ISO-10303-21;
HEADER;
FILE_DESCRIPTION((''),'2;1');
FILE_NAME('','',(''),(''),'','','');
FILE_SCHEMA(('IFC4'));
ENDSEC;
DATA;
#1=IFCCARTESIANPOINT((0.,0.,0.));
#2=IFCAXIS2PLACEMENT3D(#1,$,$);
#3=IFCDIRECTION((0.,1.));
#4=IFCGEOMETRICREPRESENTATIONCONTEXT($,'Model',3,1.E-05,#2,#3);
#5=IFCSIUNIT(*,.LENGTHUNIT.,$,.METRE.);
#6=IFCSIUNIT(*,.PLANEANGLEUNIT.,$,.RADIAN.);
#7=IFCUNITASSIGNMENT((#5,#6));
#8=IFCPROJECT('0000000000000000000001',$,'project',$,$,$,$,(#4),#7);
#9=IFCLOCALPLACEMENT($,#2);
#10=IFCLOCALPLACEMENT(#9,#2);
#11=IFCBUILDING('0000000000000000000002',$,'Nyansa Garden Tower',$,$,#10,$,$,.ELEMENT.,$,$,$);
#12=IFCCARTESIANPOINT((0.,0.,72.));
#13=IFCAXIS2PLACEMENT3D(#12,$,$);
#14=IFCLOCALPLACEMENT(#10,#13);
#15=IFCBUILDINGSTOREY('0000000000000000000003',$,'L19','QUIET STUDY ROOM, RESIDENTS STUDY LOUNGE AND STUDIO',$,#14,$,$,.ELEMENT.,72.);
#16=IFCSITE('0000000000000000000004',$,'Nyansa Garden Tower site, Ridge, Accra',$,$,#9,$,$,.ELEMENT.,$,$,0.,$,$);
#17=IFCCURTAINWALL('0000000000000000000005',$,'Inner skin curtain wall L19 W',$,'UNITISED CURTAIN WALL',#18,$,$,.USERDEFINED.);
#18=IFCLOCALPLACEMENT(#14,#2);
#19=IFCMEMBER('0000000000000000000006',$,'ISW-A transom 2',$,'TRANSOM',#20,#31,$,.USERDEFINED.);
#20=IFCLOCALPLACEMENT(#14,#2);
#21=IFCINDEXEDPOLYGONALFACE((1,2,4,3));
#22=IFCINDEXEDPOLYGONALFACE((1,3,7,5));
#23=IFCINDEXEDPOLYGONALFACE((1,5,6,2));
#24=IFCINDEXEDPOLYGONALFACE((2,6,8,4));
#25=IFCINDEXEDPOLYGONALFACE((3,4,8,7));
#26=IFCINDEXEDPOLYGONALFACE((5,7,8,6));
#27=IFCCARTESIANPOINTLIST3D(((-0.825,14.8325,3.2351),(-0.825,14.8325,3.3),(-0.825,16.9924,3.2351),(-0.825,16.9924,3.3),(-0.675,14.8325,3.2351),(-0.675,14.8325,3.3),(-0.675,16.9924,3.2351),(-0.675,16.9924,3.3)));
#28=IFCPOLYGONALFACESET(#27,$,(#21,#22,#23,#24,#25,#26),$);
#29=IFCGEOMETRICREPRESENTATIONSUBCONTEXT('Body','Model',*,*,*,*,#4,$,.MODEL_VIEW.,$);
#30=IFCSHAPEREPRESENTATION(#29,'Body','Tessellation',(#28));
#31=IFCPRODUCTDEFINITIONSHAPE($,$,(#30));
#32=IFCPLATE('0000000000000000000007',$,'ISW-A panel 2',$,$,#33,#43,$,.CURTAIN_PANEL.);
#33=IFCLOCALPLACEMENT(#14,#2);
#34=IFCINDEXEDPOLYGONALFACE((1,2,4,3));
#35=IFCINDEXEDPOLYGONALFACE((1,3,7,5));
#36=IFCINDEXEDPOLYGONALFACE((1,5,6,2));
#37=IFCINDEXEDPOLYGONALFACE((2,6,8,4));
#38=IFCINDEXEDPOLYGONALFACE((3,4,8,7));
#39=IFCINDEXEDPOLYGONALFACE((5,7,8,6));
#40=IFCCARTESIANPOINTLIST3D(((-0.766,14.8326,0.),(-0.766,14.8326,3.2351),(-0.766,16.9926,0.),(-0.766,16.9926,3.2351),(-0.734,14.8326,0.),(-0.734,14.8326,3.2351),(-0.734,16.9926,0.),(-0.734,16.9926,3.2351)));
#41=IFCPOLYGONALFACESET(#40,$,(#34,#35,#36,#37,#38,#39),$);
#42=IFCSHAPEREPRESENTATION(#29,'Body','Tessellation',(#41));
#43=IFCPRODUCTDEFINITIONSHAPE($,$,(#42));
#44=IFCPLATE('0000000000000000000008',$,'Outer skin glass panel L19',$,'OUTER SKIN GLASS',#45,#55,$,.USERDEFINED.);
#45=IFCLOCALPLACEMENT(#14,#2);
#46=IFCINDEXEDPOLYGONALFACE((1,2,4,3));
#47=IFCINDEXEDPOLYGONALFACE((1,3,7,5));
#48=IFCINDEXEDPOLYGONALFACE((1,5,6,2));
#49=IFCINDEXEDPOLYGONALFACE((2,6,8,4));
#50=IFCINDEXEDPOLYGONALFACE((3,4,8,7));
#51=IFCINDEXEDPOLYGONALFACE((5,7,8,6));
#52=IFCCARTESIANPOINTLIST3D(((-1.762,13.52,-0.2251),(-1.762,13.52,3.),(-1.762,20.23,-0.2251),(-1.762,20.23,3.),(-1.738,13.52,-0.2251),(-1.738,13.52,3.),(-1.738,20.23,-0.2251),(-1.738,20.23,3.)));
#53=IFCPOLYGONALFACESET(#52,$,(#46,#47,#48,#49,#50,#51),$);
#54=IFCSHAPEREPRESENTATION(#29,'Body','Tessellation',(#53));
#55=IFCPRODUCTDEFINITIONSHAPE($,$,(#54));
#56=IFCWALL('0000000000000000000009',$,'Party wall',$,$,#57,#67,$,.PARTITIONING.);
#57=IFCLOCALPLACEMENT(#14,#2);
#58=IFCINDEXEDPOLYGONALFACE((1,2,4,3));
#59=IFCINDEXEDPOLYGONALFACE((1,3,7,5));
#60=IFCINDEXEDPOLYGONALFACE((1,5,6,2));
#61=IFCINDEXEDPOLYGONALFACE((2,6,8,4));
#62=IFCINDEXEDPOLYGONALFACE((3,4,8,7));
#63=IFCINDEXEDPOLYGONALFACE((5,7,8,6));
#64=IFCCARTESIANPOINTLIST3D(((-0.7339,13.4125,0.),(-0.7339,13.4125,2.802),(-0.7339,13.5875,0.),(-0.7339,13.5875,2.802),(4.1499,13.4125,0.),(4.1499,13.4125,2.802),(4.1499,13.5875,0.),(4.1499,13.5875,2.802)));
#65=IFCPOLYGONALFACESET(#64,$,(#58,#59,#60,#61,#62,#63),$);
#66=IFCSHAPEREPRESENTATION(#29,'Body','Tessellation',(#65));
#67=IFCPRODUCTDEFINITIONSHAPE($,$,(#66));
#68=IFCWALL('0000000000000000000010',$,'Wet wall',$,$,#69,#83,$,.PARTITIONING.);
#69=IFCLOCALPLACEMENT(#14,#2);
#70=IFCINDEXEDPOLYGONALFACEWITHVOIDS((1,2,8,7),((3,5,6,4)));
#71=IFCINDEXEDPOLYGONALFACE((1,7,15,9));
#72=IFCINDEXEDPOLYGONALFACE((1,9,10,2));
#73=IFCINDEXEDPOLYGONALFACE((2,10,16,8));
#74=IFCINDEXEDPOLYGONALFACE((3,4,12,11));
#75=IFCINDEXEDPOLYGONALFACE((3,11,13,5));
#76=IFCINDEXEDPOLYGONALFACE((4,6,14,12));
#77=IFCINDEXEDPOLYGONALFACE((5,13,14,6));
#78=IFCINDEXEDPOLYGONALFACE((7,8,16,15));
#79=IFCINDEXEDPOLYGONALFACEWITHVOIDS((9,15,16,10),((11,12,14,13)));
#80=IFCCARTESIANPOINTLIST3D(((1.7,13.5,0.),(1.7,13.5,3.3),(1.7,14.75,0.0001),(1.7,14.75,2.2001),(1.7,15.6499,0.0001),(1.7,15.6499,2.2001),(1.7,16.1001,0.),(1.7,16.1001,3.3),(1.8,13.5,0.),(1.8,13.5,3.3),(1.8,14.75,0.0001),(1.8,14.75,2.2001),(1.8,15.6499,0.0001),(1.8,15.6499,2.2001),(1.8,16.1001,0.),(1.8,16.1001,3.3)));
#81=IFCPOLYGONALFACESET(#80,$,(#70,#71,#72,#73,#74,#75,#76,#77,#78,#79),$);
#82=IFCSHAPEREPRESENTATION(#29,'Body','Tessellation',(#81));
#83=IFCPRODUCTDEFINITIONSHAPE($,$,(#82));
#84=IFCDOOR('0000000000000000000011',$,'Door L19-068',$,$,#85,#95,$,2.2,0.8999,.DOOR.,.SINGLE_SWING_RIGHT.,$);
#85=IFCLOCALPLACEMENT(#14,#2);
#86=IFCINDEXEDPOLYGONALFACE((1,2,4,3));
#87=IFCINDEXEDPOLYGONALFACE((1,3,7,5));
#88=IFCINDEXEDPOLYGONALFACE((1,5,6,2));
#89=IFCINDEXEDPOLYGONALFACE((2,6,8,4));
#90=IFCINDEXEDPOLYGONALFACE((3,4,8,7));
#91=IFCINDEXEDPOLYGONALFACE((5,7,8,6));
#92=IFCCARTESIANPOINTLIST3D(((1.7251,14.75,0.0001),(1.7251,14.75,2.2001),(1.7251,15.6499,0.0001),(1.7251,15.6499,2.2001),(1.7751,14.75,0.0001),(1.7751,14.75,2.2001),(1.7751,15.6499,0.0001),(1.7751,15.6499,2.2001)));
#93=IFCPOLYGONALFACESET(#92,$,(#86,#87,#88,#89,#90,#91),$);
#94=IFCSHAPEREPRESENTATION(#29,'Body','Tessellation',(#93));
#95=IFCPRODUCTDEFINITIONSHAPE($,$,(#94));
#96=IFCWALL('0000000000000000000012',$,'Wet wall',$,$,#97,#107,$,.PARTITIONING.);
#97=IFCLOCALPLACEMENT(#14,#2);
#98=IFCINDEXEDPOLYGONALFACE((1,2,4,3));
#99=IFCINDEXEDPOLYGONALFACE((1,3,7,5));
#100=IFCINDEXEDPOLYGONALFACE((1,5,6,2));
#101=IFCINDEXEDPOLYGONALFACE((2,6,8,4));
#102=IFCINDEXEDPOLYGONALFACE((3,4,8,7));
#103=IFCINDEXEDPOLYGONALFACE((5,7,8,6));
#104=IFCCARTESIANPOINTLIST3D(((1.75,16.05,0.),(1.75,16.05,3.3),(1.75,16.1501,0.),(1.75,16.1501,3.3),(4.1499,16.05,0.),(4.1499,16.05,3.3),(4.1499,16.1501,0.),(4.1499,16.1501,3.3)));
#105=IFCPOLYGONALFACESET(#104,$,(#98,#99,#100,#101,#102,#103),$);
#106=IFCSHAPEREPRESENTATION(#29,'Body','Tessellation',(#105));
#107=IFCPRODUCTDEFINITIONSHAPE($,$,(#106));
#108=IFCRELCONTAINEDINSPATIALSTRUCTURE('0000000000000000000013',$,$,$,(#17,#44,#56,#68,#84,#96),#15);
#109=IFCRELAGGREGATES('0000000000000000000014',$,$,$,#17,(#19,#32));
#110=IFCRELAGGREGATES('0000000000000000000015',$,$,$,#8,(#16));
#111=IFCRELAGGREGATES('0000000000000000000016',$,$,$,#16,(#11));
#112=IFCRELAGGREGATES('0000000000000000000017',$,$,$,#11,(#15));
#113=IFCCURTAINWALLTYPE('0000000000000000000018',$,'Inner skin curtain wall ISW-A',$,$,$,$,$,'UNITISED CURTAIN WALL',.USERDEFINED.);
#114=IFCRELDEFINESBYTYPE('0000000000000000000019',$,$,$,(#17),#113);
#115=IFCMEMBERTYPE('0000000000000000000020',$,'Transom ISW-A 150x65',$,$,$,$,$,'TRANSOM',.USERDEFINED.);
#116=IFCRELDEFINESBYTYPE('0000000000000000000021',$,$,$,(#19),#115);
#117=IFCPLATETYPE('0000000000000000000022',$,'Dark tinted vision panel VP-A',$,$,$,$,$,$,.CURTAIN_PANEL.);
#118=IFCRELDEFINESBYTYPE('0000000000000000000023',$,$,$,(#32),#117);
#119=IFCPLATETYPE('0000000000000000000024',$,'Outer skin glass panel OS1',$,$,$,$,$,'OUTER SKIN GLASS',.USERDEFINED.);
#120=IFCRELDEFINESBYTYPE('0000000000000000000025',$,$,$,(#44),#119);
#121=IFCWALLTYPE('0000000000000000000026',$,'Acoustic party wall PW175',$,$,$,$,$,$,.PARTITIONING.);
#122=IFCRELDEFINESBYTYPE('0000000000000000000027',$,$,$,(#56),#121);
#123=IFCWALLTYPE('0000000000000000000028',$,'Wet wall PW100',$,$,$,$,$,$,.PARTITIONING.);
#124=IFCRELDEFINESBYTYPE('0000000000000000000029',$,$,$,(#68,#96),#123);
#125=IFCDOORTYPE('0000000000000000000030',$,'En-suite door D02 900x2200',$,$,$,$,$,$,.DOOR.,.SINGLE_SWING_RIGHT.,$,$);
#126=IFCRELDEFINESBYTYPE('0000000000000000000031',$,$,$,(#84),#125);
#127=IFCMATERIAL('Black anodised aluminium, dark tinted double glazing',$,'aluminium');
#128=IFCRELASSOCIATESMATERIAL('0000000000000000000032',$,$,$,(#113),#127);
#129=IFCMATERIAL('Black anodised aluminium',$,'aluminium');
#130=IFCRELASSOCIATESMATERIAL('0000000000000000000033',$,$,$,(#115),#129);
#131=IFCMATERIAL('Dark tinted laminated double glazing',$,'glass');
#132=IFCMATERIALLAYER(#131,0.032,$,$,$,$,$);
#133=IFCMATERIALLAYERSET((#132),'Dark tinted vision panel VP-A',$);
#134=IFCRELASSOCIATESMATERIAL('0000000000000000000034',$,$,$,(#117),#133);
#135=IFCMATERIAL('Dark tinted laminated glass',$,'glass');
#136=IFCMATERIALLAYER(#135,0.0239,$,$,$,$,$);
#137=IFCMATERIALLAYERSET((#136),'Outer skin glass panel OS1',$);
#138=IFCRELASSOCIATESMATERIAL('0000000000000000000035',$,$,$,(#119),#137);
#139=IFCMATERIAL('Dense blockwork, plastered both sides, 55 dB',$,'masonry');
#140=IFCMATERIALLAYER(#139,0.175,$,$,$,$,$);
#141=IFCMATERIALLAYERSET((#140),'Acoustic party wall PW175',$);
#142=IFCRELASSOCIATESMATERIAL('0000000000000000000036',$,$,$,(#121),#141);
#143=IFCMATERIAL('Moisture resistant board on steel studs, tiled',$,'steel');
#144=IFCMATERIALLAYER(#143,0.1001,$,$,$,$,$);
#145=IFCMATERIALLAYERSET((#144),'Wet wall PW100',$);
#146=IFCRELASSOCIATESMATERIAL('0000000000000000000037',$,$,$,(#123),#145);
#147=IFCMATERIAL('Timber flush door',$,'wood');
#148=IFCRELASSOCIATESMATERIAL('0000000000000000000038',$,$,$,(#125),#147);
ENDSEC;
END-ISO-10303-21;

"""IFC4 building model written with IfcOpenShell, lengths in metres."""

from ifc_helpers import new_model, si_unit, direction, frame, frame_2d, origin, origin_2d, place, context, subcontext, project, spatial, rectangle, extrude, material, layer, layer_set, material_profile, profile_set, type_object, element, fill, aggregate, save


model = new_model("IFC4")

# Units and contexts
model_context = context("Model", 3, precision=1e-05, world=origin(), true_north=direction((0.0, 1.0)))
body_context = subcontext(model_context, "Body", "Model", "MODEL_VIEW")
ifc_project = project(units=[si_unit("LENGTHUNIT", "METRE"), si_unit("PLANEANGLEUNIT", "RADIAN")], contexts=[model_context])

# Site, building, storey
site_placement = place(None, origin())
site = spatial("IfcSite", under=ifc_project, at=site_placement, Name="Nyansa Garden Tower site, Ridge, Accra", CompositionType="ELEMENT", RefElevation=0.0)
building_placement = place(site_placement, origin())
building = spatial("IfcBuilding", under=site, at=building_placement, Name="Nyansa Garden Tower", CompositionType="ELEMENT")
storey_placement = place(building_placement, frame((0.0, 0.0, 72.0)))
storey = spatial("IfcBuildingStorey", under=building, at=storey_placement, Name="L19", Description="QUIET STUDY ROOM, RESIDENTS STUDY LOUNGE AND STUDIO", CompositionType="ELEMENT", Elevation=72.0)

# Curtain wall
ifc_material_1 = material(Name="Black anodised aluminium, dark tinted double glazing", Category="aluminium")
curtain_wall_type = type_object("IfcCurtainWallType", Name="Inner skin curtain wall ISW-A", ElementType="UNITISED CURTAIN WALL", PredefinedType="USERDEFINED", material=ifc_material_1)
curtain_wall_placement = place(storey_placement, origin())
curtain_wall = element("IfcCurtainWall", 1, at=curtain_wall_placement, inside=storey, type_object=curtain_wall_type, Name="Inner skin curtain wall L19 W", ObjectType="UNITISED CURTAIN WALL", PredefinedType="USERDEFINED")

# Member
ifc_material_2 = material(Name="Black anodised aluminium", Category="aluminium")
ifc_material_profile_1 = material_profile(ifc_material_2, rectangle(XDim=0.1499, YDim=0.0649, at=origin_2d()), Name="Transom 150x65")
ifc_profile_set_1 = profile_set([ifc_material_profile_1], Name="Black anodised aluminium")
member_type_1 = type_object("IfcMemberType", Name="Transom ISW-A 150x65", ElementType="TRANSOM", PredefinedType="USERDEFINED", material=ifc_profile_set_1)
member_1_placement = place(storey_placement, frame((-0.75, 16.9924, 3.2676), z_axis=(0.0, -1.0, 0.0), x_axis=(1.0, 0.0, 0.0)))
member_1 = element("IfcMember", 2, at=member_1_placement, type_object=member_type_1, Name="ISW-A transom 2", ObjectType="TRANSOM", PredefinedType="USERDEFINED", context=body_context, shape_type="SweptSolid", body=[
    extrude(rectangle(XDim=0.1499, YDim=0.0649, at=origin_2d()), origin(), (0.0, 0.0, 1.0), 2.1599),
])

# Plates
ifc_material_3 = material(Name="Dark tinted laminated double glazing", Category="glass")
ifc_layer_1 = layer(ifc_material_3, 0.032)
ifc_layer_set_1 = layer_set([ifc_layer_1], Name="Dark tinted vision panel VP-A")
plate_type_1 = type_object("IfcPlateType", Name="Dark tinted vision panel VP-A", PredefinedType="CURTAIN_PANEL", material=ifc_layer_set_1)
plate_1_placement = place(storey_placement, frame((-0.75, 15.9126, 0.0), z_axis=(0.0, 0.0, 1.0), x_axis=(0.0, -1.0, 0.0)))
plate_1 = element("IfcPlate", 3, at=plate_1_placement, type_object=plate_type_1, Name="ISW-A panel 2", PredefinedType="CURTAIN_PANEL", context=body_context, shape_type="SweptSolid", body=[
    extrude(rectangle(XDim=2.1599, YDim=0.032, at=origin_2d()), origin(), (0.0, 0.0, 1.0), 3.2351),
])
aggregate(curtain_wall, [member_1, plate_1])
ifc_material_4 = material(Name="Dark tinted laminated glass", Category="glass")
ifc_layer_2 = layer(ifc_material_4, 0.0239)
ifc_layer_set_2 = layer_set([ifc_layer_2], Name="Outer skin glass panel OS1")
plate_type_2 = type_object("IfcPlateType", Name="Outer skin glass panel OS1", ElementType="OUTER SKIN GLASS", PredefinedType="USERDEFINED", material=ifc_layer_set_2)
plate_2_placement = place(storey_placement, frame((-1.75, 16.875, -0.2251), z_axis=(0.0, 0.0, 1.0), x_axis=(0.0, 1.0, 0.0)))
element("IfcPlate", 4, at=plate_2_placement, inside=storey, type_object=plate_type_2, Name="Outer skin glass panel L19", ObjectType="OUTER SKIN GLASS", PredefinedType="USERDEFINED", context=body_context, shape_type="SweptSolid", body=[
    extrude(rectangle(XDim=6.71, YDim=0.0239, at=origin_2d()), origin(), (0.0, 0.0, 1.0), 3.2251),
])

# Wall
ifc_material_5 = material(Name="Dense blockwork, plastered both sides, 55 dB", Category="masonry")
ifc_layer_3 = layer(ifc_material_5, 0.175)
ifc_layer_set_3 = layer_set([ifc_layer_3], Name="Acoustic party wall PW175")
wall_type_1 = type_object("IfcWallType", Name="Acoustic party wall PW175", PredefinedType="PARTITIONING", material=ifc_layer_set_3)
wall_1_placement = place(storey_placement, frame((-0.7339, 13.5, 0.0), z_axis=(0.0, 0.0, 1.0), x_axis=(1.0, 0.0, 0.0)))
element("IfcWall", 5, at=wall_1_placement, inside=storey, type_object=wall_type_1, Name="Party wall", PredefinedType="PARTITIONING", context=body_context, shape_type="SweptSolid", body=[
    extrude(rectangle(XDim=4.8838, YDim=0.175, at=frame_2d((2.4419, 0.0))), origin(), (0.0, 0.0, 1.0), 2.802),
])

# Wall, opening, door
ifc_material_6 = material(Name="Moisture resistant board on steel studs, tiled", Category="steel")
ifc_layer_4 = layer(ifc_material_6, 0.1001)
ifc_layer_set_4 = layer_set([ifc_layer_4], Name="Wet wall PW100")
wall_type_2 = type_object("IfcWallType", Name="Wet wall PW100", PredefinedType="PARTITIONING", material=ifc_layer_set_4)
wall_2_placement = place(storey_placement, frame((1.75, 13.5, 0.0), z_axis=(0.0, 0.0, 1.0), x_axis=(0.0, 1.0, 0.0)))
wall_2 = element("IfcWall", 6, at=wall_2_placement, inside=storey, type_object=wall_type_2, Name="Wet wall", PredefinedType="PARTITIONING", context=body_context, shape_type="SweptSolid", body=[
    extrude(rectangle(XDim=2.6001, YDim=0.1001, at=frame_2d((1.3, 0.0))), origin(), (0.0, 0.0, 1.0), 3.3),
])
opening_placement = place(wall_2_placement, frame((1.25, 0.0, 0.0)))
opening = element("IfcOpeningElement", 7, at=opening_placement, cuts=wall_2, PredefinedType="OPENING", context=body_context, shape_type="SweptSolid", body=[
    extrude(rectangle(XDim=0.8999, YDim=2.2, at=frame_2d((0.45, 1.1001))), frame((0.0, 0.0601, 0.0), z_axis=(0.0, -1.0, 0.0), x_axis=(1.0, 0.0, 0.0)), (0.0, 0.0, 1.0), 0.1201),
])
ifc_material_7 = material(Name="Timber flush door", Category="wood")
door_type = type_object("IfcDoorType", Name="En-suite door D02 900x2200", OperationType="SINGLE_SWING_RIGHT", PredefinedType="DOOR", material=ifc_material_7)
door_placement = place(opening_placement, origin())
door = element("IfcDoor", 8, at=door_placement, inside=storey, type_object=door_type, Name="Door L19-068", OperationType="SINGLE_SWING_RIGHT", OverallHeight=2.2, OverallWidth=0.8999, PredefinedType="DOOR", context=body_context, shape_type="SweptSolid", body=[
    extrude(rectangle(XDim=0.8999, YDim=2.2, at=frame_2d((0.45, 1.1001))), frame((0.0, 0.0249, 0.0), z_axis=(0.0, -1.0, 0.0), x_axis=(1.0, 0.0, 0.0)), (0.0, 0.0, 1.0), 0.05),
])
fill(opening, door)

# Wall
wall_3_placement = place(storey_placement, frame((1.75, 16.1001, 0.0), z_axis=(0.0, 0.0, 1.0), x_axis=(1.0, 0.0, 0.0)))
element("IfcWall", 9, at=wall_3_placement, inside=storey, type_object=wall_type_2, Name="Wet wall", PredefinedType="PARTITIONING", context=body_context, shape_type="SweptSolid", body=[
    extrude(rectangle(XDim=2.3999, YDim=0.1001, at=frame_2d((1.2, 0.0))), origin(), (0.0, 0.0, 1.0), 3.3),
])

save(model, "model.ifc")
